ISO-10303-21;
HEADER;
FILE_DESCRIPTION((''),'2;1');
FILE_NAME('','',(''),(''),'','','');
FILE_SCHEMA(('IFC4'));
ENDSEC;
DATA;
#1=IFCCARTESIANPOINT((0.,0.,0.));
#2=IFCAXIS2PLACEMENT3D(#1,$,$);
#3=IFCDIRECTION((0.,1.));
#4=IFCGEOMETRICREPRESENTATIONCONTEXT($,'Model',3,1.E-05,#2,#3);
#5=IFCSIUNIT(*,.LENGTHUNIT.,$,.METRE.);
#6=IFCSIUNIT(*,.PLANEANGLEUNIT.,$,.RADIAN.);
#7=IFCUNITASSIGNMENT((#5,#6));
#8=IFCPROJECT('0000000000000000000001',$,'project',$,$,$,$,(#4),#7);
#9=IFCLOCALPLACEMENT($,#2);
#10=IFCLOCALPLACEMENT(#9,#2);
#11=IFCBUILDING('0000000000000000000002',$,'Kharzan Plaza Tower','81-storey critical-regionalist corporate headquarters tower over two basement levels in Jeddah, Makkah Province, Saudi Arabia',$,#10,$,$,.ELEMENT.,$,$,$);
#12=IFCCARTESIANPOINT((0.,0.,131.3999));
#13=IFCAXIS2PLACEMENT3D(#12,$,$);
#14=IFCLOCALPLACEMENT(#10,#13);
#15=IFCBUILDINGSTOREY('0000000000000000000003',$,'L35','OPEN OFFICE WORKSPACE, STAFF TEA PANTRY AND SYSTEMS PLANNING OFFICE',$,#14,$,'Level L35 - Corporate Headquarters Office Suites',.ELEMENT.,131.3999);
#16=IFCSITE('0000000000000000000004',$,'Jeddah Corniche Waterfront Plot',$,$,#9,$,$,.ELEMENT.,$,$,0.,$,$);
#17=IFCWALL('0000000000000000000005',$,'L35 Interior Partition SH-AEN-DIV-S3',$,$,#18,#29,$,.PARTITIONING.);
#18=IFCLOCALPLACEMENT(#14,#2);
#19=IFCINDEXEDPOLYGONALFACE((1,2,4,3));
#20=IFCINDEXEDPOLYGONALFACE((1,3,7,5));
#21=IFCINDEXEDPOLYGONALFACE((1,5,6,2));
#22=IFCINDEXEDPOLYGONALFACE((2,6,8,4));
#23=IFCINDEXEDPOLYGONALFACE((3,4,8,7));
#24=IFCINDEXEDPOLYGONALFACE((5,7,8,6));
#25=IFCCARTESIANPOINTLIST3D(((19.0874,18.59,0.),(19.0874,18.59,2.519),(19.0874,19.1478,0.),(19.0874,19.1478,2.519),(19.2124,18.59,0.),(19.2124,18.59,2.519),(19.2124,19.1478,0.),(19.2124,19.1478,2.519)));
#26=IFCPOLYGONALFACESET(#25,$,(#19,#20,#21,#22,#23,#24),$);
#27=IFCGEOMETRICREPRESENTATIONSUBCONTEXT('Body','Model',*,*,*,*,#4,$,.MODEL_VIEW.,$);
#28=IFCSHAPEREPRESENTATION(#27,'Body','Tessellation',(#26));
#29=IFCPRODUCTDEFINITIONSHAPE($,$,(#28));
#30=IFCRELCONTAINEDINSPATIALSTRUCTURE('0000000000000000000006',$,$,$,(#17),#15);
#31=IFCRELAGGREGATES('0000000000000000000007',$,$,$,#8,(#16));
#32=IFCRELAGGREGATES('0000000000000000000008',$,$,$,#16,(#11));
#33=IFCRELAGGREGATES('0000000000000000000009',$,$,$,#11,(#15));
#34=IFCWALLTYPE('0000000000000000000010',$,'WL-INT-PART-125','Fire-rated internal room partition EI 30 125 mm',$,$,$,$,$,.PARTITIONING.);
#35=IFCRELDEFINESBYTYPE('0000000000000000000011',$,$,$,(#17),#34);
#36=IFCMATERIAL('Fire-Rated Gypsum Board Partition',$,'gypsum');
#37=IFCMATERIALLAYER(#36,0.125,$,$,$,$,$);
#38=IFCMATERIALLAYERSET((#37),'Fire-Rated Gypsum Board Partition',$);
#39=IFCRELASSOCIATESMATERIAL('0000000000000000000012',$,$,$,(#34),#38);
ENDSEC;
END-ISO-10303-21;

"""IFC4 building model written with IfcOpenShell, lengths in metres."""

from ifc_helpers import new_model, si_unit, direction, frame, frame_2d, origin, place, context, subcontext, project, spatial, rectangle, extrude, source, transform, mapped, material, layer, layer_set, type_object, element, save


model = new_model("IFC4")

# Units and contexts
model_context = context("Model", 3, precision=1e-05, world=origin(), true_north=direction((0.0, 1.0)))
body_context = subcontext(model_context, "Body", "Model", "MODEL_VIEW")
ifc_project = project(units=[si_unit("LENGTHUNIT", "METRE"), si_unit("PLANEANGLEUNIT", "RADIAN")], contexts=[model_context])

# Site, building, storey
site_placement = place(None, origin())
site = spatial("IfcSite", under=ifc_project, at=site_placement, Name="Jeddah Corniche Waterfront Plot", CompositionType="ELEMENT", RefElevation=0.0)
building_placement = place(site_placement, origin())
building = spatial("IfcBuilding", under=site, at=building_placement, Name="Kharzan Plaza Tower", Description="81-storey critical-regionalist corporate headquarters tower over two basement levels in Jeddah, Makkah Province, Saudi Arabia", CompositionType="ELEMENT")
storey_placement = place(building_placement, frame((0.0, 0.0, 131.3999)))
storey = spatial("IfcBuildingStorey", under=building, at=storey_placement, Name="L35", Description="OPEN OFFICE WORKSPACE, STAFF TEA PANTRY AND SYSTEMS PLANNING OFFICE", LongName="Level L35 - Corporate Headquarters Office Suites", CompositionType="ELEMENT", Elevation=131.3999)

# Wall
ifc_material_1 = material(Name="Fire-Rated Gypsum Board Partition", Category="gypsum")
ifc_layer_1 = layer(ifc_material_1, 0.125)
ifc_layer_set_1 = layer_set([ifc_layer_1], Name="Fire-Rated Gypsum Board Partition")
wall_type_1 = type_object("IfcWallType", Name="WL-INT-PART-125", Description="Fire-rated internal room partition EI 30 125 mm", PredefinedType="PARTITIONING", material=ifc_layer_set_1)
shared_shape_1 = source(origin(), body_context, "Body", "SweptSolid", [
    extrude(rectangle(XDim=0.5579, YDim=0.125, at=frame_2d((0.2788, 0.0))), origin(), (0.0, 0.0, 1.0), 2.519),
])
wall_1_placement = place(storey_placement, frame((19.1499, 18.5901, 0.0), z_axis=(0.0, 0.0, 1.0), x_axis=(0.0, 1.0, 0.0)))
element("IfcWall", 1, at=wall_1_placement, inside=storey, type_object=wall_type_1, Name="L35 Interior Partition SH-AEN-DIV-S3", PredefinedType="PARTITIONING", context=body_context, shape_type="MappedRepresentation", body=[
    mapped(shared_shape_1, transform((0.0, 0.0, 0.0), x_axis=(1.0, 0.0, 0.0), y_axis=(0.0, 1.0, 0.0), z_axis=(0.0, 0.0, 1.0))),
])

save(model, "model.ifc")
